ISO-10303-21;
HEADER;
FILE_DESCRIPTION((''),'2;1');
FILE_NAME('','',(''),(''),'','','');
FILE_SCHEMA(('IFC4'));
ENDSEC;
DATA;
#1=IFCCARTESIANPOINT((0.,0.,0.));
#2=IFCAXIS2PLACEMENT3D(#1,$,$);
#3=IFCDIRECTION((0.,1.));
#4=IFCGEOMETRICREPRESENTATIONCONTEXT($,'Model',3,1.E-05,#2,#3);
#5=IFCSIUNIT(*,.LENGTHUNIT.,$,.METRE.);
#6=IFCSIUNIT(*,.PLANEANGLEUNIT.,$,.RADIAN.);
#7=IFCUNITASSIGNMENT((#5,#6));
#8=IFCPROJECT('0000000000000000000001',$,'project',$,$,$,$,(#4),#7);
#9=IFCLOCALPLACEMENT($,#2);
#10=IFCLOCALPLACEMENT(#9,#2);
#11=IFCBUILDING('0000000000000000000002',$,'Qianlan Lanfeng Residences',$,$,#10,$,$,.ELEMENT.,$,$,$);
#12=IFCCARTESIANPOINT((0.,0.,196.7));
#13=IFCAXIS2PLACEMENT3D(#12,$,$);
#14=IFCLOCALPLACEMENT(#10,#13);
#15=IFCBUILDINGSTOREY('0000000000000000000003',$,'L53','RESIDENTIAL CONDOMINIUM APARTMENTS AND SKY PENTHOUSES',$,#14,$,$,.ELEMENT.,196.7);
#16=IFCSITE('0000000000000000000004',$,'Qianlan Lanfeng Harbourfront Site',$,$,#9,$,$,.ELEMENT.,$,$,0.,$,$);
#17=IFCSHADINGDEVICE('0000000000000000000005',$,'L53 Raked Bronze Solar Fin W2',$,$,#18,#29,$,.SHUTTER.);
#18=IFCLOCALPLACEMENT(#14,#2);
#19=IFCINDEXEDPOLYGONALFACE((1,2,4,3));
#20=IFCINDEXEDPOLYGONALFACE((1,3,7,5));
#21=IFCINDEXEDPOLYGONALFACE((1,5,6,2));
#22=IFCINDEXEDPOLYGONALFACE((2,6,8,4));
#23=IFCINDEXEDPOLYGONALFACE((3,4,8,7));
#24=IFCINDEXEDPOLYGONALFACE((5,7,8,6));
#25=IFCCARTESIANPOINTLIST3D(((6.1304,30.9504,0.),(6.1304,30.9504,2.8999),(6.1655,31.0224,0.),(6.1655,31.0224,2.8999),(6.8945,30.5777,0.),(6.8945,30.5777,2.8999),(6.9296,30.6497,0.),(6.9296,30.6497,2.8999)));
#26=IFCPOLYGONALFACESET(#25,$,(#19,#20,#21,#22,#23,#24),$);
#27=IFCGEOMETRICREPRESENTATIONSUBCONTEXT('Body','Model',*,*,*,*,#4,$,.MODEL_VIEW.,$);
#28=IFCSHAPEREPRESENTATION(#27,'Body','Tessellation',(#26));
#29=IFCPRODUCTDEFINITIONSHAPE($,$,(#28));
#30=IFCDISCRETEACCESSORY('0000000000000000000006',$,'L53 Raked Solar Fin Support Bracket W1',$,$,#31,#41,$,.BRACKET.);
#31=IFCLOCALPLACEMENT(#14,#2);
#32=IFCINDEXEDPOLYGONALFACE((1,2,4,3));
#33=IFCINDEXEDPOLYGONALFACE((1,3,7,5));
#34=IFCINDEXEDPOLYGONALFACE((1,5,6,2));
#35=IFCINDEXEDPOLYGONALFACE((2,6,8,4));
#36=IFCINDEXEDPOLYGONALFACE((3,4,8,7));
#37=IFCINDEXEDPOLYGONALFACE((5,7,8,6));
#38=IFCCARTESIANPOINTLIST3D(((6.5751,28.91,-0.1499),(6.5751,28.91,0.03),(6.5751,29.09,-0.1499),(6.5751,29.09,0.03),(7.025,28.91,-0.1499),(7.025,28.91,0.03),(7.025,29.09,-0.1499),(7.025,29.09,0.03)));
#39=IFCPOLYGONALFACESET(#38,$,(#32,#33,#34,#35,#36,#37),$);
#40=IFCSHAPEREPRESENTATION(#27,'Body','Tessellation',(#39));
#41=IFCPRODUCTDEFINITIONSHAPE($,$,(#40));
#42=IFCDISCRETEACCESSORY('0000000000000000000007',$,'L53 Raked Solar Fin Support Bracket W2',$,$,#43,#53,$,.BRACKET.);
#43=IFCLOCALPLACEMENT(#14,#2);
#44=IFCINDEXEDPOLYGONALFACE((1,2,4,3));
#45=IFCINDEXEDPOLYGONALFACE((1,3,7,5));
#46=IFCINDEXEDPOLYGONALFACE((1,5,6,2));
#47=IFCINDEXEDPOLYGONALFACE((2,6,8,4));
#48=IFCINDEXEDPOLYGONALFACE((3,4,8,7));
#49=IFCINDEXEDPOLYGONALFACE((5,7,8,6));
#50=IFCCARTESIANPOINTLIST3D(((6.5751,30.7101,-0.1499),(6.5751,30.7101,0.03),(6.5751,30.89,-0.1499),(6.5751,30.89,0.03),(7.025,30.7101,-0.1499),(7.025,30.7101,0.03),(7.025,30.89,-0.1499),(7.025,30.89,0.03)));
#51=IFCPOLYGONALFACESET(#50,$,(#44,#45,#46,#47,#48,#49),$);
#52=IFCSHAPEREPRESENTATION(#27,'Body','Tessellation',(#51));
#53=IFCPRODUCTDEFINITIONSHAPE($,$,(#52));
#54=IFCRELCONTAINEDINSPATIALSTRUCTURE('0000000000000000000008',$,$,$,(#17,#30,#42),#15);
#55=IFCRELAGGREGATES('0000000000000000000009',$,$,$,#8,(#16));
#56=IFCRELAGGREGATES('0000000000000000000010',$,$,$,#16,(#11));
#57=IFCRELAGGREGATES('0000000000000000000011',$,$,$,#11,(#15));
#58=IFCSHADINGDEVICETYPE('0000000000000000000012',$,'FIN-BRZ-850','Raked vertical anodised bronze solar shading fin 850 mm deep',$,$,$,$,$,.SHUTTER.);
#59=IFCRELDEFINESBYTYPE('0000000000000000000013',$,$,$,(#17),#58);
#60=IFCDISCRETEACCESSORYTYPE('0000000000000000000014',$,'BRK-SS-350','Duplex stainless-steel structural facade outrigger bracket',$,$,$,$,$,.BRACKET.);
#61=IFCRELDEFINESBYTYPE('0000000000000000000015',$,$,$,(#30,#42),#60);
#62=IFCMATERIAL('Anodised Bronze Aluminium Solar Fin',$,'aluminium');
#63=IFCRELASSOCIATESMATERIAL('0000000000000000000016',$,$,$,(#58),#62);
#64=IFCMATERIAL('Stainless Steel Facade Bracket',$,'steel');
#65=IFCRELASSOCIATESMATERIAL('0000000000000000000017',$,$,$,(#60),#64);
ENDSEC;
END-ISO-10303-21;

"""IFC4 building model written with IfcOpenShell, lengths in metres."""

from ifc_helpers import new_model, si_unit, direction, frame, origin, origin_2d, place, context, subcontext, project, spatial, rectangle, extrude, source, transform, mapped, material, type_object, element, save


model = new_model("IFC4")

# Units and contexts
model_context = context("Model", 3, precision=1e-05, world=origin(), true_north=direction((0.0, 1.0)))
body_context = subcontext(model_context, "Body", "Model", "MODEL_VIEW")
ifc_project = project(units=[si_unit("LENGTHUNIT", "METRE"), si_unit("PLANEANGLEUNIT", "RADIAN")], contexts=[model_context])

# Site, building, storey
site_placement = place(None, origin())
site = spatial("IfcSite", under=ifc_project, at=site_placement, Name="Qianlan Lanfeng Harbourfront Site", CompositionType="ELEMENT", RefElevation=0.0)
building_placement = place(site_placement, origin())
building = spatial("IfcBuilding", under=site, at=building_placement, Name="Qianlan Lanfeng Residences", CompositionType="ELEMENT")
storey_placement = place(building_placement, frame((0.0, 0.0, 196.7)))
storey = spatial("IfcBuildingStorey", under=building, at=storey_placement, Name="L53", Description="RESIDENTIAL CONDOMINIUM APARTMENTS AND SKY PENTHOUSES", CompositionType="ELEMENT", Elevation=196.7)

# Shading device
ifc_material_1 = material(Name="Anodised Bronze Aluminium Solar Fin", Category="aluminium")
shading_device_type = type_object("IfcShadingDeviceType", Name="FIN-BRZ-850", Description="Raked vertical anodised bronze solar shading fin 850 mm deep", PredefinedType="SHUTTER", material=ifc_material_1)
shared_shape_1 = source(origin(), body_context, "Body", "SweptSolid", [
    extrude(rectangle(XDim=0.8501, YDim=0.0801, at=origin_2d()), origin(), (0.0, 0.0, 1.0), 2.8999),
])
for number, where, z_axis, x_axis, name in (
    (1, (6.53, 30.8, 0.0), (0.0, 0.0, 1.0), (0.898794, -0.438371, 0.0), "L53 Raked Bronze Solar Fin W2"),
):
    element("IfcShadingDevice", number, at=place(storey_placement, frame(where, z_axis=z_axis, x_axis=x_axis)), inside=storey, type_object=shading_device_type, Name=name, PredefinedType="SHUTTER", context=body_context, shape_type="MappedRepresentation", body=[
        mapped(shared_shape_1, transform((0.0, 0.0, 0.0), scale=1.0)),
    ])

# Discrete accessories
ifc_material_2 = material(Name="Stainless Steel Facade Bracket", Category="steel")
discrete_accessory_type = type_object("IfcDiscreteAccessoryType", Name="BRK-SS-350", Description="Duplex stainless-steel structural facade outrigger bracket", PredefinedType="BRACKET", material=ifc_material_2)
shared_shape_2 = source(origin(), body_context, "Body", "SweptSolid", [
    extrude(rectangle(XDim=0.45, YDim=0.1799, at=origin_2d()), origin(), (0.0, 0.0, 1.0), 0.1799),
])
for number, where, z_axis, x_axis, name in (
    (2, (6.8, 29.0, -0.1499), (0.0, 0.0, 1.0), (1.0, 0.0, 0.0), "L53 Raked Solar Fin Support Bracket W1"),
    (3, (6.8, 30.8, -0.1499), (0.0, 0.0, 1.0), (1.0, 0.0, 0.0), "L53 Raked Solar Fin Support Bracket W2"),
):
    element("IfcDiscreteAccessory", number, at=place(storey_placement, frame(where, z_axis=z_axis, x_axis=x_axis)), inside=storey, type_object=discrete_accessory_type, Name=name, PredefinedType="BRACKET", context=body_context, shape_type="MappedRepresentation", body=[
        mapped(shared_shape_2, transform((0.0, 0.0, 0.0), scale=1.0)),
    ])

save(model, "model.ifc")
